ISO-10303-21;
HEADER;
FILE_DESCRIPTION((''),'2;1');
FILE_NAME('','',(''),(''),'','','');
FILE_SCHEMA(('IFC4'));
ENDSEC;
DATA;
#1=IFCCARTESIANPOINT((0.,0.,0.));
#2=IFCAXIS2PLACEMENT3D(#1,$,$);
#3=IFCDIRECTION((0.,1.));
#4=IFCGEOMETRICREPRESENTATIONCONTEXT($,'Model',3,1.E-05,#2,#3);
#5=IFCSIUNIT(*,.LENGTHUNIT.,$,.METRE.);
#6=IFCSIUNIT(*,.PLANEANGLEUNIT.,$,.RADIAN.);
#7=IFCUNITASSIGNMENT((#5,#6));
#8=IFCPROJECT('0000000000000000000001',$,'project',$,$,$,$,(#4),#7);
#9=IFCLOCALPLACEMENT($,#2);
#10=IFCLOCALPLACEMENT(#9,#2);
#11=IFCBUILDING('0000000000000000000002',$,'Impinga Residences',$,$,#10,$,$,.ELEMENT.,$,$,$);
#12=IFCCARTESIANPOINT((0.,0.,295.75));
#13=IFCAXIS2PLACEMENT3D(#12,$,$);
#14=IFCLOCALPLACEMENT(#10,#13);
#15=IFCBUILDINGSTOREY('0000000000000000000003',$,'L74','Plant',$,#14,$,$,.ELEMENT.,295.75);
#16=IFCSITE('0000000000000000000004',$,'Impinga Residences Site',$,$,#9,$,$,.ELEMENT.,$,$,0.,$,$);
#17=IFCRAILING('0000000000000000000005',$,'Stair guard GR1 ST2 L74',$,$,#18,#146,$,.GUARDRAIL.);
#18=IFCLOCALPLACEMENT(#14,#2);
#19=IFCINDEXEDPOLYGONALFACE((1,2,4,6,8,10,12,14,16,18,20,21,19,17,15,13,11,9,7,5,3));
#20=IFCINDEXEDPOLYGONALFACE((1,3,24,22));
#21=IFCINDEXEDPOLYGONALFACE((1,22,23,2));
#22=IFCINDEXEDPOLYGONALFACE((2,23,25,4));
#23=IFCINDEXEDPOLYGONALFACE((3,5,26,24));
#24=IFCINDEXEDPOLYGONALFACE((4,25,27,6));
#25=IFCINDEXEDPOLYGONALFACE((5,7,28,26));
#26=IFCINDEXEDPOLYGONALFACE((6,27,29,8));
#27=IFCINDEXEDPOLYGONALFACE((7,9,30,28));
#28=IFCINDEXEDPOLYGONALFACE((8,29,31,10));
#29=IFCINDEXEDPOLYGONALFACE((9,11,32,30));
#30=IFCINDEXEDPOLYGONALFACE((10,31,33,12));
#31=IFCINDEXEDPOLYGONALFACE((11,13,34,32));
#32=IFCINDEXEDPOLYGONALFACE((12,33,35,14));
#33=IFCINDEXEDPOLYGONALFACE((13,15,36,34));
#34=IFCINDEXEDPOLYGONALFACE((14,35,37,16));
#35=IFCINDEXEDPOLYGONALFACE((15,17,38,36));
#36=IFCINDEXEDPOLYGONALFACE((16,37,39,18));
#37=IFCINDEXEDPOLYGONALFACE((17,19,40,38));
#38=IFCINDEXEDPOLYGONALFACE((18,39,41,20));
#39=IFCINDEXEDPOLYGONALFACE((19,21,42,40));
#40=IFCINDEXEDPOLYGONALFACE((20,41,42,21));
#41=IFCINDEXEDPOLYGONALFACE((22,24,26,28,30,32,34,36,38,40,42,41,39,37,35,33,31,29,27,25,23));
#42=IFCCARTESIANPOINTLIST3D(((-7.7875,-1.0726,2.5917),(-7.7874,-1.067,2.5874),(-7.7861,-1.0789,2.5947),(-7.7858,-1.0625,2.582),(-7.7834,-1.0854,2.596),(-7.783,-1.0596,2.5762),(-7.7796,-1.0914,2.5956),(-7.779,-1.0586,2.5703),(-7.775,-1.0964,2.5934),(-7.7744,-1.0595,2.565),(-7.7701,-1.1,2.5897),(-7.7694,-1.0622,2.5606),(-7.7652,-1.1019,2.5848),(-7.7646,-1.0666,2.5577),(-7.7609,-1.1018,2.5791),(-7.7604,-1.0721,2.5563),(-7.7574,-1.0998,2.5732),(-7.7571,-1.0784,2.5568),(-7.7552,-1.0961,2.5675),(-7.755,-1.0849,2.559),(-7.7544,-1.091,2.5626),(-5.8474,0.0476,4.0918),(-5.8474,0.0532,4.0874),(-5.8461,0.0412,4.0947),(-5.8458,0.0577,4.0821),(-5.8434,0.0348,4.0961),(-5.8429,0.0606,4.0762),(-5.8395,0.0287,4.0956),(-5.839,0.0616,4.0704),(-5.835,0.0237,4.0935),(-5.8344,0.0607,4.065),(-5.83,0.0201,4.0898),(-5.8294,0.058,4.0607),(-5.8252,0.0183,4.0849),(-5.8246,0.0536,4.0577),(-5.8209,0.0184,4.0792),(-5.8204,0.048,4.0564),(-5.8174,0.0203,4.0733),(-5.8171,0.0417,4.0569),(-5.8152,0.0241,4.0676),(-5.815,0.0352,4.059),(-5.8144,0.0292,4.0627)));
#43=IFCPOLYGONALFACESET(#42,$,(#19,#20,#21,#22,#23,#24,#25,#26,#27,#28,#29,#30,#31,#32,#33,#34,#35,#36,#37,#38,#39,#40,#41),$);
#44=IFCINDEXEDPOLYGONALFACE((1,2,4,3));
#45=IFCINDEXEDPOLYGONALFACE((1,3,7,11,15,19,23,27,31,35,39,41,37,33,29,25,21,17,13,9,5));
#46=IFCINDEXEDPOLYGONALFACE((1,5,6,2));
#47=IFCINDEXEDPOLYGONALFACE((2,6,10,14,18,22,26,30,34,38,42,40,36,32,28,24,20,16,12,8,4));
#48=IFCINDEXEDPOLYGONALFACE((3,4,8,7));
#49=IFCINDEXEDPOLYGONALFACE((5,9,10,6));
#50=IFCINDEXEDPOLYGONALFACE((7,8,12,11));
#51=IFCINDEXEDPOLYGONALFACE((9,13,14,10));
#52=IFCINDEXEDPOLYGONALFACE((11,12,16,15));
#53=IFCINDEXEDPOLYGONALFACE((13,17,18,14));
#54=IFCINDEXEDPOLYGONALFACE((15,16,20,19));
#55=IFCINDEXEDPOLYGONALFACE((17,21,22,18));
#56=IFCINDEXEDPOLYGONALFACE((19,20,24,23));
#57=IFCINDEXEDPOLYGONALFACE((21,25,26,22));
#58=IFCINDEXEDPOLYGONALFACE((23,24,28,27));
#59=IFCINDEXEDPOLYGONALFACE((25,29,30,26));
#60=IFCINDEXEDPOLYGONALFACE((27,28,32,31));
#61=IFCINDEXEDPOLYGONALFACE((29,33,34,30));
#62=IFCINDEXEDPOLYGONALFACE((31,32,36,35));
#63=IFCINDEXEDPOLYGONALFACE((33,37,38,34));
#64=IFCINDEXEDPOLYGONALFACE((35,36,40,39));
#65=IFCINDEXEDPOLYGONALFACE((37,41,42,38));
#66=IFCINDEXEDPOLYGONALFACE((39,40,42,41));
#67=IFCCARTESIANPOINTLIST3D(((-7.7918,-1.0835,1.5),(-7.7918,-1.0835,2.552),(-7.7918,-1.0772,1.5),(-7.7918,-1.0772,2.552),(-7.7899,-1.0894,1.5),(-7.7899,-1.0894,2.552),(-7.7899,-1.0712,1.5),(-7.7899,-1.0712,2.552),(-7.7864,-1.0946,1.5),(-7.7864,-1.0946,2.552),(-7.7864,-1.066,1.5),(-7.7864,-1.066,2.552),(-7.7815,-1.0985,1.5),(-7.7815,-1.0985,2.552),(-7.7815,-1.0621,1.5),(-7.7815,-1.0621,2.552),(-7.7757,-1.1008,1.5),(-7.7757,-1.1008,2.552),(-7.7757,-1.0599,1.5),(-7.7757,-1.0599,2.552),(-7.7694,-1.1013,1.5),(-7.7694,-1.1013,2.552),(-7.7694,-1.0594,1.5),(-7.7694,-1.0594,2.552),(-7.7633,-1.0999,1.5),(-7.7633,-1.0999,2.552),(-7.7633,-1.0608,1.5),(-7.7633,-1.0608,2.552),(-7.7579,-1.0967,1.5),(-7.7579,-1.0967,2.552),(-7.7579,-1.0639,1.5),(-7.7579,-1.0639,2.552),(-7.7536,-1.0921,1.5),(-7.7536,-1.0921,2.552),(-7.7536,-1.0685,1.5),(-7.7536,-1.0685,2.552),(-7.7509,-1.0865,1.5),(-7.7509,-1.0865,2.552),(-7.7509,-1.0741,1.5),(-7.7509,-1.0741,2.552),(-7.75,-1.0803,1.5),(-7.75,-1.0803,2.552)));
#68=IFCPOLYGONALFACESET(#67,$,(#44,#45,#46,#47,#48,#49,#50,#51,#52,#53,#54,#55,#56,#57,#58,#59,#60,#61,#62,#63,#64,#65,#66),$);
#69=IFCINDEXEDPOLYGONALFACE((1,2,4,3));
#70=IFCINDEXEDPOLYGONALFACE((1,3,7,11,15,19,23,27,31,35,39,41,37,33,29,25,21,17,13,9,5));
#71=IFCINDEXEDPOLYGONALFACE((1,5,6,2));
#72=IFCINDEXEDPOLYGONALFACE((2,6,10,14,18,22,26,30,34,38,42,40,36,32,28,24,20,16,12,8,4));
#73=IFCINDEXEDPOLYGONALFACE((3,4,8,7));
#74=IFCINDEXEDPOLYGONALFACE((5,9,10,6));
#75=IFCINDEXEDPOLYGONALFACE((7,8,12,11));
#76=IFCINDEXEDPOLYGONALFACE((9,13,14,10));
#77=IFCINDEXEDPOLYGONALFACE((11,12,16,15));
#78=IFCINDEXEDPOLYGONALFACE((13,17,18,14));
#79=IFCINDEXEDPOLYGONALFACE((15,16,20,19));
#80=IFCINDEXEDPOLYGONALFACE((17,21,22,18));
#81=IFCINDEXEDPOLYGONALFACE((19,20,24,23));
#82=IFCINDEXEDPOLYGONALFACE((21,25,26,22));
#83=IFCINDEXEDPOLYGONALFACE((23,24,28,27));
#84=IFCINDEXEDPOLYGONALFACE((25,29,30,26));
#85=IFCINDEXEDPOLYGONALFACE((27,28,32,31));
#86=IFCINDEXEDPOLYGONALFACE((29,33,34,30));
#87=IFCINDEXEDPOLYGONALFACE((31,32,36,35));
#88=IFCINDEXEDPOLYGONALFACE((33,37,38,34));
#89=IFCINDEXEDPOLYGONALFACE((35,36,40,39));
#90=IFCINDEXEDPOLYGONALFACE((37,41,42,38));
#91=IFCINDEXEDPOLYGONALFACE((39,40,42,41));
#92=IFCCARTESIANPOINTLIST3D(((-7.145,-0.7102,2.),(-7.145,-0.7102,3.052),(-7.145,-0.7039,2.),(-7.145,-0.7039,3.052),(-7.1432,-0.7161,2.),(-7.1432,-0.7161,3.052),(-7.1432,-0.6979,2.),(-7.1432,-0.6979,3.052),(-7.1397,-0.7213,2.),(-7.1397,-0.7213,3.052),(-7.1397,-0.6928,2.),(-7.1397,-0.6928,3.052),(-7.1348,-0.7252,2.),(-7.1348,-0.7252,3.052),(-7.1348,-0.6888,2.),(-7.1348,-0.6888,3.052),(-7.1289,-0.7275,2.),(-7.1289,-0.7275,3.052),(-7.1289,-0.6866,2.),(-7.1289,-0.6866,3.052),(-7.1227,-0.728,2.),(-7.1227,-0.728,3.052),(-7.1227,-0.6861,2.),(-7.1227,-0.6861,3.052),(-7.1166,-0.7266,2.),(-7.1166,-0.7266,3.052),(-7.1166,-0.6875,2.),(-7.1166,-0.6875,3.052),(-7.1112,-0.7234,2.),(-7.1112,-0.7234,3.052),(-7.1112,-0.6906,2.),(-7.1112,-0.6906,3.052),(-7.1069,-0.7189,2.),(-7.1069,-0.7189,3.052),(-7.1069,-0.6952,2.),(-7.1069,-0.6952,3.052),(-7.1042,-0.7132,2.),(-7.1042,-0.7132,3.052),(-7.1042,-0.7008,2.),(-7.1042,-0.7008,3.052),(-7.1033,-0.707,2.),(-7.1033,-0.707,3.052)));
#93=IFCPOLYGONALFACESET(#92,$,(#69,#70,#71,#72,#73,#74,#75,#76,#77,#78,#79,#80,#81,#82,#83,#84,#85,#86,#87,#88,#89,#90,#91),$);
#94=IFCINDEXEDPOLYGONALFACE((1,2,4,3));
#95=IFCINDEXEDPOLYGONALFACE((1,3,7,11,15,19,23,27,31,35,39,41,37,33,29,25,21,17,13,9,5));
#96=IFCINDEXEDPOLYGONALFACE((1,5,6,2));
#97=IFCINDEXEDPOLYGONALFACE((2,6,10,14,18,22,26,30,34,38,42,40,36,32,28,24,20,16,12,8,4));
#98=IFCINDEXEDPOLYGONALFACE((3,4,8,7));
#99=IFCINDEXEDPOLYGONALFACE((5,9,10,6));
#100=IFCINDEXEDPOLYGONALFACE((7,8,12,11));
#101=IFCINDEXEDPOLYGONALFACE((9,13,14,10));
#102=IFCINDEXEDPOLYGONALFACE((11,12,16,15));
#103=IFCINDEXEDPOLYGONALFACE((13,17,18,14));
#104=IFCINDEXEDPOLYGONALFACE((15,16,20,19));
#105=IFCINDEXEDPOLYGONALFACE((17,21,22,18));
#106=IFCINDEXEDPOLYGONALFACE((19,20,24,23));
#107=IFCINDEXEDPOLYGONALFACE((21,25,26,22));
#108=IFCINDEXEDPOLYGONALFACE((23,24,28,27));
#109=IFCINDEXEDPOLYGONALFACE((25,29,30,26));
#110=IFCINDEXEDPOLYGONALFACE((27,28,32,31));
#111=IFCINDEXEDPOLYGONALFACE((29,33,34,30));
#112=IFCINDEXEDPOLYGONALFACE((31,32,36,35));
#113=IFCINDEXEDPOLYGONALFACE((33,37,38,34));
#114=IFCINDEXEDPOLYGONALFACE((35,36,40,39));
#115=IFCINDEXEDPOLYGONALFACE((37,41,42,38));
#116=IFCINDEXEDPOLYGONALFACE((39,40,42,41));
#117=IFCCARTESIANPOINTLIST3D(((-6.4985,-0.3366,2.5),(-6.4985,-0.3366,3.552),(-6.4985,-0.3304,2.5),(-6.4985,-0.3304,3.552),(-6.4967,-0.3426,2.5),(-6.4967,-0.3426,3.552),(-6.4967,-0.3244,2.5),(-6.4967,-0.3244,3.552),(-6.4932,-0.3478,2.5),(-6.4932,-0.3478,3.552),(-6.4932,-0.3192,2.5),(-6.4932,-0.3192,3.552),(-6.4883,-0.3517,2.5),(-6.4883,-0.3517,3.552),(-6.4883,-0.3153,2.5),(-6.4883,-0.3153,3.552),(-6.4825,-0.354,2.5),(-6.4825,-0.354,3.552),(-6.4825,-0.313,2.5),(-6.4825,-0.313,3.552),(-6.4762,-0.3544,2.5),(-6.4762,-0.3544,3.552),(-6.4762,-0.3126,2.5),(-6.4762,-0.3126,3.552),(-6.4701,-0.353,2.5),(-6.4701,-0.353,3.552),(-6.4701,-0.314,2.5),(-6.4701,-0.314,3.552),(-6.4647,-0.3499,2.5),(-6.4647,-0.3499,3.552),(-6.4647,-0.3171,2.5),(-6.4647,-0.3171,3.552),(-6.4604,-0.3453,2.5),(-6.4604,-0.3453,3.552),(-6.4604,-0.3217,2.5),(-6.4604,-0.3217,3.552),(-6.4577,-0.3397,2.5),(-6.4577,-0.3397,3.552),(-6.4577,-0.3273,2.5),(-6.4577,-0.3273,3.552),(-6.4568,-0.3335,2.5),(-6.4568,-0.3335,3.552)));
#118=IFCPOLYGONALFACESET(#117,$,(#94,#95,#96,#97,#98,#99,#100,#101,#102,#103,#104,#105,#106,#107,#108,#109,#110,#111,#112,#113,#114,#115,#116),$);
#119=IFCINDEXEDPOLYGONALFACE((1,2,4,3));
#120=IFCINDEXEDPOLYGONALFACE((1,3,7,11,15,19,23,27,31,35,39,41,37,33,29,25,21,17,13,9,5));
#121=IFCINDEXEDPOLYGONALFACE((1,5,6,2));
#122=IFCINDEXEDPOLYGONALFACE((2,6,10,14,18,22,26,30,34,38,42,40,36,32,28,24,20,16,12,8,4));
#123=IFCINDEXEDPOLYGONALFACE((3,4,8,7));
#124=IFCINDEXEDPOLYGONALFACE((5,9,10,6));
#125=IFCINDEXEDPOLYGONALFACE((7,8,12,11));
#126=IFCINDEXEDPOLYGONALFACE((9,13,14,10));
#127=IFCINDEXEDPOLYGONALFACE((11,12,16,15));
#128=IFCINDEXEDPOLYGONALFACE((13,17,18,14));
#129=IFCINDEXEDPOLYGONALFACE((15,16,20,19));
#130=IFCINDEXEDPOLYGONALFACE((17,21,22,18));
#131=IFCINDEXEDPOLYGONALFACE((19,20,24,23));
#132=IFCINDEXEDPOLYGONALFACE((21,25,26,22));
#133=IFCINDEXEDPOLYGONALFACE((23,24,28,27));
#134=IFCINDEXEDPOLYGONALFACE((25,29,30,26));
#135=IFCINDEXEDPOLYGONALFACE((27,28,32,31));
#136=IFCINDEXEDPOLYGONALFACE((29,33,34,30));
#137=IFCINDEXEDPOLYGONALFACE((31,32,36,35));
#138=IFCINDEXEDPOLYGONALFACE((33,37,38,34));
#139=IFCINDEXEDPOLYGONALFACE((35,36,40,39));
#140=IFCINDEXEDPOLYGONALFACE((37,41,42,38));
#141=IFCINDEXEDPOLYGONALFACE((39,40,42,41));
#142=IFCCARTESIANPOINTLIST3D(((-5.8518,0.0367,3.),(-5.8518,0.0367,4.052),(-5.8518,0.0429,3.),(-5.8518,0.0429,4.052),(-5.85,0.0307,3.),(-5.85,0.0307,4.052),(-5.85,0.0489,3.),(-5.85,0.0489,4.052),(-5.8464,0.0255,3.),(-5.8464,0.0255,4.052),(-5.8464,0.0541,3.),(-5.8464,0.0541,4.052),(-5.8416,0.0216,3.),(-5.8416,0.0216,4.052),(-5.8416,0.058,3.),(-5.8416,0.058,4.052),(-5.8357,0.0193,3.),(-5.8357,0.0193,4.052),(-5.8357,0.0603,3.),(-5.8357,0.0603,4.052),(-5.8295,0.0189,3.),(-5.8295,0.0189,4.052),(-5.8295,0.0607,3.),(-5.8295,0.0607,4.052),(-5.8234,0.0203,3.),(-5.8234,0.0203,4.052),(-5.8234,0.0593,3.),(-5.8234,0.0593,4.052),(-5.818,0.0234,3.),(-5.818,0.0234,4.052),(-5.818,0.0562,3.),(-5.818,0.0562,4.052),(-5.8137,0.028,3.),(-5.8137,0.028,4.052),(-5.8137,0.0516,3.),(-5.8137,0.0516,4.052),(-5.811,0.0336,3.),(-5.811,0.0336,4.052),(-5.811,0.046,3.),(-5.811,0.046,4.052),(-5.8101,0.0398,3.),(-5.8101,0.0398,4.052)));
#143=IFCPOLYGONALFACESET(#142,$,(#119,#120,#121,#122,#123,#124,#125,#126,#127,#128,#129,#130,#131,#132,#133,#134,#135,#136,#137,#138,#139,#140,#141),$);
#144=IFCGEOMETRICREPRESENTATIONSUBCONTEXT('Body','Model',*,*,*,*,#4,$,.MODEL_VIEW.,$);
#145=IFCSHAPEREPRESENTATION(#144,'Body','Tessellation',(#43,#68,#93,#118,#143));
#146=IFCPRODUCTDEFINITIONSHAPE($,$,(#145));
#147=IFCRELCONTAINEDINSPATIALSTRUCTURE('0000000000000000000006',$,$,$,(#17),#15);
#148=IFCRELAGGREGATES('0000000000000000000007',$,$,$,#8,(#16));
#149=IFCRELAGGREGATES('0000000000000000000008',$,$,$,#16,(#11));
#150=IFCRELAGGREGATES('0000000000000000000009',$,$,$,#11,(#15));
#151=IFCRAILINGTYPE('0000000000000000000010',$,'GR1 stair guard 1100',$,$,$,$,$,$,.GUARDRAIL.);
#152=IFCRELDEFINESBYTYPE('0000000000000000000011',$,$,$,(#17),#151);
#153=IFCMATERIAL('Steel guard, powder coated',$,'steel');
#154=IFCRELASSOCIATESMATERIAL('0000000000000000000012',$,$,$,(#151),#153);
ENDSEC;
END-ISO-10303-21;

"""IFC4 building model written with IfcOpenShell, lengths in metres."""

from ifc_helpers import new_model, si_unit, direction, frame, origin, origin_2d, place, context, subcontext, project, spatial, circle, extrude, material, type_object, element, save


model = new_model("IFC4")

# Units and contexts
model_context = context("Model", 3, precision=1e-05, world=origin(), true_north=direction((0.0, 1.0)))
body_context = subcontext(model_context, "Body", "Model", "MODEL_VIEW")
ifc_project = project(units=[si_unit("LENGTHUNIT", "METRE"), si_unit("PLANEANGLEUNIT", "RADIAN")], contexts=[model_context])

# Site, building, storey
site_placement = place(None, origin())
site = spatial("IfcSite", under=ifc_project, at=site_placement, Name="Impinga Residences Site", CompositionType="ELEMENT", RefElevation=0.0)
building_placement = place(site_placement, origin())
building = spatial("IfcBuilding", under=site, at=building_placement, Name="Impinga Residences", CompositionType="ELEMENT")
storey_placement = place(building_placement, frame((0.0, 0.0, 295.75)))
storey = spatial("IfcBuildingStorey", under=building, at=storey_placement, Name="L74", Description="Plant", CompositionType="ELEMENT", Elevation=295.75)

# Railing
ifc_material_1 = material(Name="Steel guard, powder coated", Category="steel")
railing_type_1 = type_object("IfcRailingType", Name="GR1 stair guard 1100", PredefinedType="GUARDRAIL", material=ifc_material_1)
for number, where, name in (
    (1, (-7.771, -1.0803, 1.5), "Stair guard GR1 ST2 L74"),
):
    element("IfcRailing", number, at=place(storey_placement, frame(where)), inside=storey, type_object=railing_type_1, Name=name, PredefinedType="GUARDRAIL", context=body_context, shape_type="SweptSolid", body=[
        extrude(circle(Radius=0.0239, at=origin_2d()), frame((0.0, 0.0, 1.0762), z_axis=(0.719582, 0.415485, 0.556394), x_axis=(-0.500031, 0.866008, 0.0)), (0.0, 0.0, 1.0), 2.696),
        extrude(circle(Radius=0.021, at=origin_2d()), origin(), (0.0, 0.0, 1.0), 1.052),
        extrude(circle(Radius=0.021, at=origin_2d()), frame((0.6467, 0.3733, 0.5)), (0.0, 0.0, 1.0), 1.052),
        extrude(circle(Radius=0.021, at=origin_2d()), frame((1.2932, 0.7468, 1.0)), (0.0, 0.0, 1.0), 1.052),
        extrude(circle(Radius=0.021, at=origin_2d()), frame((1.9399, 1.1201, 1.5)), (0.0, 0.0, 1.0), 1.052),
    ])

save(model, "model.ifc")
